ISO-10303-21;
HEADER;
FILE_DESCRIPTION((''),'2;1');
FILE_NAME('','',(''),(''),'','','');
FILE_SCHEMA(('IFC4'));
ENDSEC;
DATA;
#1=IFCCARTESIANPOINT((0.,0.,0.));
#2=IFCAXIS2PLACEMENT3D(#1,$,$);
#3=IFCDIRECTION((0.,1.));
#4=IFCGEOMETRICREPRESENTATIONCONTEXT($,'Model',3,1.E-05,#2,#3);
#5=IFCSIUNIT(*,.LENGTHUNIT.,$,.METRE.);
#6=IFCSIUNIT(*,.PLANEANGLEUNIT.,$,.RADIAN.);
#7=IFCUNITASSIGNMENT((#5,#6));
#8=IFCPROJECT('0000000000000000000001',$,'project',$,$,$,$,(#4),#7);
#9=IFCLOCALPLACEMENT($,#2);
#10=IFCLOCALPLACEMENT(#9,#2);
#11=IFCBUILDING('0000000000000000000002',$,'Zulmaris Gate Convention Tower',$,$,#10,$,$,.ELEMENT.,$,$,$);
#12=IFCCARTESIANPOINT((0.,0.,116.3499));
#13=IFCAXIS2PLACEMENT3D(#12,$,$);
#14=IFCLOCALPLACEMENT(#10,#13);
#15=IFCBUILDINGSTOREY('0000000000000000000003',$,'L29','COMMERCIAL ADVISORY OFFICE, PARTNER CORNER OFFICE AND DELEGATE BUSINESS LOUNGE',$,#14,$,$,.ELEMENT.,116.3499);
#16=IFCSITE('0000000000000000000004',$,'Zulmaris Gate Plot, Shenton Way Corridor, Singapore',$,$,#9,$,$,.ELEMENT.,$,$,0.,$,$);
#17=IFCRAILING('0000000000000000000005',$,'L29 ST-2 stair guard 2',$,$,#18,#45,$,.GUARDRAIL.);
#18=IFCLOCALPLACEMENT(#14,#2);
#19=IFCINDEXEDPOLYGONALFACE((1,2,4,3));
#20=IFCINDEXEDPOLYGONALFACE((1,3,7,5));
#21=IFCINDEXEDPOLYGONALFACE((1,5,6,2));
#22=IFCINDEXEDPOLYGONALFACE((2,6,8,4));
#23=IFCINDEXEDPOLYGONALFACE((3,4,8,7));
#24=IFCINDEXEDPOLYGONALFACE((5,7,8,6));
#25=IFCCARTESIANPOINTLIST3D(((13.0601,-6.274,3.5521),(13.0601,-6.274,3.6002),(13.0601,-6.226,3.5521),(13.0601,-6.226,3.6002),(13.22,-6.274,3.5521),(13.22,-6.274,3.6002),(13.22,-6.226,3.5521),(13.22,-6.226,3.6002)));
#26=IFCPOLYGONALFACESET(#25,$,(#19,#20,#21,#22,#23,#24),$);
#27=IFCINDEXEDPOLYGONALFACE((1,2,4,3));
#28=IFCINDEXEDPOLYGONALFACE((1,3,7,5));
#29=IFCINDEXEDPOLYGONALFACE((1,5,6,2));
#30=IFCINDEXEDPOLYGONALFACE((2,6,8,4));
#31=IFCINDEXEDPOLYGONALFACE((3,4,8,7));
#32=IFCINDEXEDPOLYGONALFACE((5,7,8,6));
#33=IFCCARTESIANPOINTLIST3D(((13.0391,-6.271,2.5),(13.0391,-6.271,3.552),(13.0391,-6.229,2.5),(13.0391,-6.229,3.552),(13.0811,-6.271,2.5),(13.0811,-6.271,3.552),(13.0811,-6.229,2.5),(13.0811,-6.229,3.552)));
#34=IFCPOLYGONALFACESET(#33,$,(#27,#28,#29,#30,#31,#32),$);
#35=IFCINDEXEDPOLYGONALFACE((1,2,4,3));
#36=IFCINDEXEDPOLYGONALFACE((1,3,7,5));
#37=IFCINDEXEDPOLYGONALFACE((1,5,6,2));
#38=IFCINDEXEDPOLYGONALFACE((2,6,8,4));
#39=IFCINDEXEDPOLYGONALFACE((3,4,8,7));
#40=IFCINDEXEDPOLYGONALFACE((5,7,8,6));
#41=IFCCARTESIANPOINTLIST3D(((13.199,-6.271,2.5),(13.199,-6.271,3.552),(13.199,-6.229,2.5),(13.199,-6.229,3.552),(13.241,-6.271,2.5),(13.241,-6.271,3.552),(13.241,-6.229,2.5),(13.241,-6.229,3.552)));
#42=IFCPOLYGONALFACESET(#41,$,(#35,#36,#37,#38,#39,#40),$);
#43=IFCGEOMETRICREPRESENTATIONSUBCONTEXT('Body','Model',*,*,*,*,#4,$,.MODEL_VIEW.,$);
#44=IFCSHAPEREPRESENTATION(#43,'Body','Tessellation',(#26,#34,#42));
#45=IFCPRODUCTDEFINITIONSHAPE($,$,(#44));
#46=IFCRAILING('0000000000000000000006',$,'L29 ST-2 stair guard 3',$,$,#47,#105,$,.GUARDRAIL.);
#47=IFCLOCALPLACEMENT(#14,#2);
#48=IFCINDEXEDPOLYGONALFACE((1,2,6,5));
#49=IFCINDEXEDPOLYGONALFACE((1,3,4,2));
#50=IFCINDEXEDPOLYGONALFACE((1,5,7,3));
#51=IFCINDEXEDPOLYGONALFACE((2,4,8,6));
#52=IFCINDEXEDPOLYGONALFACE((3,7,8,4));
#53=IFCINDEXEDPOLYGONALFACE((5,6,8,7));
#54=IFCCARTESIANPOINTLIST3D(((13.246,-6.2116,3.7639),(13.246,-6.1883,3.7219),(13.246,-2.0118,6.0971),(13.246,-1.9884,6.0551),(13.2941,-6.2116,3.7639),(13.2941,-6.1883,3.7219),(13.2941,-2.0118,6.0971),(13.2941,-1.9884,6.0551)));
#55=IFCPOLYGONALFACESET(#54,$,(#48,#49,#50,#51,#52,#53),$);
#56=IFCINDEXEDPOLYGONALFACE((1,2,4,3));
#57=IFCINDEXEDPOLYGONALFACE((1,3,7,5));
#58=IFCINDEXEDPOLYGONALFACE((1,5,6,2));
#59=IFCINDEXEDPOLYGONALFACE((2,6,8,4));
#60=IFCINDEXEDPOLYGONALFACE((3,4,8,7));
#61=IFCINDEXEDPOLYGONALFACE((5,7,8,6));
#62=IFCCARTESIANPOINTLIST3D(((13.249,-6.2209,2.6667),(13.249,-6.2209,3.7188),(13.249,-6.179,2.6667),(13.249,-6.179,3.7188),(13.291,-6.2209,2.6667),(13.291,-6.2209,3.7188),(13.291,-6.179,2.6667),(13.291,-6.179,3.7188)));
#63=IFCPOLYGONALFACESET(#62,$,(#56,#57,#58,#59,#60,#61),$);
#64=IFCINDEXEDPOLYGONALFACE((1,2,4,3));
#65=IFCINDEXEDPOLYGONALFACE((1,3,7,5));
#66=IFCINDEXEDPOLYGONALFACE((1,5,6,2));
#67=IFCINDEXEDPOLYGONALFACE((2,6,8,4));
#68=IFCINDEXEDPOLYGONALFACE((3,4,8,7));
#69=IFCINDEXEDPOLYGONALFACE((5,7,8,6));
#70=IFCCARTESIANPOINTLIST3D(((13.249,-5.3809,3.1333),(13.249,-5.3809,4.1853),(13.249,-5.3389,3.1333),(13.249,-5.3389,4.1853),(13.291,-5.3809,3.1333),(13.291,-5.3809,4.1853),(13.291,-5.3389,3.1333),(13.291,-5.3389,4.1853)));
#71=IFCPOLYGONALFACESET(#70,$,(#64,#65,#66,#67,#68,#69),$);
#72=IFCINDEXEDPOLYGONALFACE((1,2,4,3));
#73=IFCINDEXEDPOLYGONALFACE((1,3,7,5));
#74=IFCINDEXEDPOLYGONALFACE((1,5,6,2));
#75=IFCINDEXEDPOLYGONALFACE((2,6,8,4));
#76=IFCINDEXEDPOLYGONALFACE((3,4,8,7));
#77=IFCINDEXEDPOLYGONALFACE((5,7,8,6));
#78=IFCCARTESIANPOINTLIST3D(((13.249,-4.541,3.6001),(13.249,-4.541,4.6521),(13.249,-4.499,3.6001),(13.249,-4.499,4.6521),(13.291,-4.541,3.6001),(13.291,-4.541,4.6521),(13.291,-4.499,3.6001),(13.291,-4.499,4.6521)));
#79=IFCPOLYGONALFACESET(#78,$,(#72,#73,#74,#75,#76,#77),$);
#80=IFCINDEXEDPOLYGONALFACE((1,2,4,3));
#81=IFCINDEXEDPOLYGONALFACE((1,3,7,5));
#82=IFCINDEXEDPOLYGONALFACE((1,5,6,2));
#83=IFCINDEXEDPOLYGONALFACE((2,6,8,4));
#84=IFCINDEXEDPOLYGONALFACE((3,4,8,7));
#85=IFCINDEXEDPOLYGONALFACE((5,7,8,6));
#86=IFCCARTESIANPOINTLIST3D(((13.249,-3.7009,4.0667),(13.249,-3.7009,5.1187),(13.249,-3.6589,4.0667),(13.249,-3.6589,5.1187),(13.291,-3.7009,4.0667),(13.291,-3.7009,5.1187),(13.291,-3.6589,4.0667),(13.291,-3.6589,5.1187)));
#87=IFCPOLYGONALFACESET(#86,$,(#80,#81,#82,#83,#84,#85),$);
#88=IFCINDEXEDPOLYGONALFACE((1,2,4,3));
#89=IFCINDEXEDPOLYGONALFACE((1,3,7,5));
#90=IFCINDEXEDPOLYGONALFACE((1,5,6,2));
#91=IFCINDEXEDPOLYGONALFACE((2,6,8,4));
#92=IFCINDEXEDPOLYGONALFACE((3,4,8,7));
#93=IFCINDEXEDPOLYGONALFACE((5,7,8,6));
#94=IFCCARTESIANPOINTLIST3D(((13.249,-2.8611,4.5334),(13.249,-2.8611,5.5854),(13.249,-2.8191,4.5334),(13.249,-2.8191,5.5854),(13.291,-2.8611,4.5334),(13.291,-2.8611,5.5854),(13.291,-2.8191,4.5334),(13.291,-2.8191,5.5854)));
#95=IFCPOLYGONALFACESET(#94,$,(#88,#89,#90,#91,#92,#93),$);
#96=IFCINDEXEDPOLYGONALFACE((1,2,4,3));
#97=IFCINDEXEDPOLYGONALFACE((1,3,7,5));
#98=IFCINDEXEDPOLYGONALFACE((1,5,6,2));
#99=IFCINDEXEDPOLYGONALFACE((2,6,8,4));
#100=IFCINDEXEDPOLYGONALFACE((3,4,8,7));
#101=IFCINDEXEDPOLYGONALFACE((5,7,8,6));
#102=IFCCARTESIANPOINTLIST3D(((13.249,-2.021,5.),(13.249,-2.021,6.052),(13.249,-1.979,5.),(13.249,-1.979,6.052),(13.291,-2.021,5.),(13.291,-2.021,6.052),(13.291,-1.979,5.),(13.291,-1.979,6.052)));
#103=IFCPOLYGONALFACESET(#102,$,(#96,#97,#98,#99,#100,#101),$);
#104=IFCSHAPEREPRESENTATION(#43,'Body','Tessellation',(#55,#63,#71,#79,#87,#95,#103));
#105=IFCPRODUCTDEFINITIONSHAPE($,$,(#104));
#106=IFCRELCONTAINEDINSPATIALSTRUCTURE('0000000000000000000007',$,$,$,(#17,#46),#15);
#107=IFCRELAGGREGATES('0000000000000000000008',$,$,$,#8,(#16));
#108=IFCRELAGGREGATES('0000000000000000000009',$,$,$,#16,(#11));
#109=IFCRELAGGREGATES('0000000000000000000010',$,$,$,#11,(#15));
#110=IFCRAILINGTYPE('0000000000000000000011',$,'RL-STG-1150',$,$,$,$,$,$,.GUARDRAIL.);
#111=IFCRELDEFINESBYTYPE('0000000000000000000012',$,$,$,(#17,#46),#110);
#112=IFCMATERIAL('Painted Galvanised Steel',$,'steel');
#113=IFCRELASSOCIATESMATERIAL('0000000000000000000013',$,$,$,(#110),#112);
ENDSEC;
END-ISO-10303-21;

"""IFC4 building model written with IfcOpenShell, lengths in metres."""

from ifc_helpers import new_model, si_unit, direction, frame, origin, origin_2d, place, context, subcontext, project, spatial, rectangle, extrude, material, type_object, element, save


model = new_model("IFC4")

# Units and contexts
model_context = context("Model", 3, precision=1e-05, world=origin(), true_north=direction((0.0, 1.0)))
body_context = subcontext(model_context, "Body", "Model", "MODEL_VIEW")
ifc_project = project(units=[si_unit("LENGTHUNIT", "METRE"), si_unit("PLANEANGLEUNIT", "RADIAN")], contexts=[model_context])

# Site, building, storey
site_placement = place(None, origin())
site = spatial("IfcSite", under=ifc_project, at=site_placement, Name="Zulmaris Gate Plot, Shenton Way Corridor, Singapore", CompositionType="ELEMENT", RefElevation=0.0)
building_placement = place(site_placement, origin())
building = spatial("IfcBuilding", under=site, at=building_placement, Name="Zulmaris Gate Convention Tower", CompositionType="ELEMENT")
storey_placement = place(building_placement, frame((0.0, 0.0, 116.3499)))
storey = spatial("IfcBuildingStorey", under=building, at=storey_placement, Name="L29", Description="COMMERCIAL ADVISORY OFFICE, PARTNER CORNER OFFICE AND DELEGATE BUSINESS LOUNGE", CompositionType="ELEMENT", Elevation=116.3499)

# Railings
ifc_material_1 = material(Name="Painted Galvanised Steel", Category="steel")
railing_type = type_object("IfcRailingType", Name="RL-STG-1150", PredefinedType="GUARDRAIL", material=ifc_material_1)
railing_1_placement = place(storey_placement, frame((13.0601, -6.25, 2.5)))
element("IfcRailing", 1, at=railing_1_placement, inside=storey, type_object=railing_type, Name="L29 ST-2 stair guard 2", PredefinedType="GUARDRAIL", context=body_context, shape_type="SweptSolid", body=[
    extrude(rectangle(XDim=0.0481, YDim=0.0481, at=origin_2d()), frame((0.0, 0.0, 1.0762), z_axis=(1.0, 0.0, 0.0), x_axis=(0.0, 1.0, 0.0)), (0.0, 0.0, 1.0), 0.1599),
    extrude(rectangle(XDim=0.042, YDim=0.042, at=origin_2d()), origin(), (0.0, 0.0, 1.0), 1.052),
    extrude(rectangle(XDim=0.042, YDim=0.042, at=origin_2d()), frame((0.1599, 0.0, 0.0)), (0.0, 0.0, 1.0), 1.052),
])
railing_2_placement = place(storey_placement, frame((13.27, -6.2, 2.6667)))
element("IfcRailing", 2, at=railing_2_placement, inside=storey, type_object=railing_type, Name="L29 ST-2 stair guard 3", PredefinedType="GUARDRAIL", context=body_context, shape_type="SweptSolid", body=[
    extrude(rectangle(XDim=0.0481, YDim=0.0481, at=origin_2d()), frame((0.0, 0.0, 1.0762), z_axis=(0.0, 0.874162, 0.485634), x_axis=(-1.0, 0.0, 0.0)), (0.0, 0.0, 1.0), 4.8044),
    extrude(rectangle(XDim=0.042, YDim=0.042, at=origin_2d()), origin(), (0.0, 0.0, 1.0), 1.052),
    extrude(rectangle(XDim=0.042, YDim=0.042, at=origin_2d()), frame((0.0, 0.8401, 0.4666)), (0.0, 0.0, 1.0), 1.052),
    extrude(rectangle(XDim=0.042, YDim=0.042, at=origin_2d()), frame((0.0, 1.6799, 0.9333)), (0.0, 0.0, 1.0), 1.052),
    extrude(rectangle(XDim=0.042, YDim=0.042, at=origin_2d()), frame((0.0, 2.52, 1.3999)), (0.0, 0.0, 1.0), 1.052),
    extrude(rectangle(XDim=0.042, YDim=0.042, at=origin_2d()), frame((0.0, 3.3599, 1.8667)), (0.0, 0.0, 1.0), 1.052),
    extrude(rectangle(XDim=0.042, YDim=0.042, at=origin_2d()), frame((0.0, 4.2, 2.3333)), (0.0, 0.0, 1.0), 1.052),
])

save(model, "model.ifc")
